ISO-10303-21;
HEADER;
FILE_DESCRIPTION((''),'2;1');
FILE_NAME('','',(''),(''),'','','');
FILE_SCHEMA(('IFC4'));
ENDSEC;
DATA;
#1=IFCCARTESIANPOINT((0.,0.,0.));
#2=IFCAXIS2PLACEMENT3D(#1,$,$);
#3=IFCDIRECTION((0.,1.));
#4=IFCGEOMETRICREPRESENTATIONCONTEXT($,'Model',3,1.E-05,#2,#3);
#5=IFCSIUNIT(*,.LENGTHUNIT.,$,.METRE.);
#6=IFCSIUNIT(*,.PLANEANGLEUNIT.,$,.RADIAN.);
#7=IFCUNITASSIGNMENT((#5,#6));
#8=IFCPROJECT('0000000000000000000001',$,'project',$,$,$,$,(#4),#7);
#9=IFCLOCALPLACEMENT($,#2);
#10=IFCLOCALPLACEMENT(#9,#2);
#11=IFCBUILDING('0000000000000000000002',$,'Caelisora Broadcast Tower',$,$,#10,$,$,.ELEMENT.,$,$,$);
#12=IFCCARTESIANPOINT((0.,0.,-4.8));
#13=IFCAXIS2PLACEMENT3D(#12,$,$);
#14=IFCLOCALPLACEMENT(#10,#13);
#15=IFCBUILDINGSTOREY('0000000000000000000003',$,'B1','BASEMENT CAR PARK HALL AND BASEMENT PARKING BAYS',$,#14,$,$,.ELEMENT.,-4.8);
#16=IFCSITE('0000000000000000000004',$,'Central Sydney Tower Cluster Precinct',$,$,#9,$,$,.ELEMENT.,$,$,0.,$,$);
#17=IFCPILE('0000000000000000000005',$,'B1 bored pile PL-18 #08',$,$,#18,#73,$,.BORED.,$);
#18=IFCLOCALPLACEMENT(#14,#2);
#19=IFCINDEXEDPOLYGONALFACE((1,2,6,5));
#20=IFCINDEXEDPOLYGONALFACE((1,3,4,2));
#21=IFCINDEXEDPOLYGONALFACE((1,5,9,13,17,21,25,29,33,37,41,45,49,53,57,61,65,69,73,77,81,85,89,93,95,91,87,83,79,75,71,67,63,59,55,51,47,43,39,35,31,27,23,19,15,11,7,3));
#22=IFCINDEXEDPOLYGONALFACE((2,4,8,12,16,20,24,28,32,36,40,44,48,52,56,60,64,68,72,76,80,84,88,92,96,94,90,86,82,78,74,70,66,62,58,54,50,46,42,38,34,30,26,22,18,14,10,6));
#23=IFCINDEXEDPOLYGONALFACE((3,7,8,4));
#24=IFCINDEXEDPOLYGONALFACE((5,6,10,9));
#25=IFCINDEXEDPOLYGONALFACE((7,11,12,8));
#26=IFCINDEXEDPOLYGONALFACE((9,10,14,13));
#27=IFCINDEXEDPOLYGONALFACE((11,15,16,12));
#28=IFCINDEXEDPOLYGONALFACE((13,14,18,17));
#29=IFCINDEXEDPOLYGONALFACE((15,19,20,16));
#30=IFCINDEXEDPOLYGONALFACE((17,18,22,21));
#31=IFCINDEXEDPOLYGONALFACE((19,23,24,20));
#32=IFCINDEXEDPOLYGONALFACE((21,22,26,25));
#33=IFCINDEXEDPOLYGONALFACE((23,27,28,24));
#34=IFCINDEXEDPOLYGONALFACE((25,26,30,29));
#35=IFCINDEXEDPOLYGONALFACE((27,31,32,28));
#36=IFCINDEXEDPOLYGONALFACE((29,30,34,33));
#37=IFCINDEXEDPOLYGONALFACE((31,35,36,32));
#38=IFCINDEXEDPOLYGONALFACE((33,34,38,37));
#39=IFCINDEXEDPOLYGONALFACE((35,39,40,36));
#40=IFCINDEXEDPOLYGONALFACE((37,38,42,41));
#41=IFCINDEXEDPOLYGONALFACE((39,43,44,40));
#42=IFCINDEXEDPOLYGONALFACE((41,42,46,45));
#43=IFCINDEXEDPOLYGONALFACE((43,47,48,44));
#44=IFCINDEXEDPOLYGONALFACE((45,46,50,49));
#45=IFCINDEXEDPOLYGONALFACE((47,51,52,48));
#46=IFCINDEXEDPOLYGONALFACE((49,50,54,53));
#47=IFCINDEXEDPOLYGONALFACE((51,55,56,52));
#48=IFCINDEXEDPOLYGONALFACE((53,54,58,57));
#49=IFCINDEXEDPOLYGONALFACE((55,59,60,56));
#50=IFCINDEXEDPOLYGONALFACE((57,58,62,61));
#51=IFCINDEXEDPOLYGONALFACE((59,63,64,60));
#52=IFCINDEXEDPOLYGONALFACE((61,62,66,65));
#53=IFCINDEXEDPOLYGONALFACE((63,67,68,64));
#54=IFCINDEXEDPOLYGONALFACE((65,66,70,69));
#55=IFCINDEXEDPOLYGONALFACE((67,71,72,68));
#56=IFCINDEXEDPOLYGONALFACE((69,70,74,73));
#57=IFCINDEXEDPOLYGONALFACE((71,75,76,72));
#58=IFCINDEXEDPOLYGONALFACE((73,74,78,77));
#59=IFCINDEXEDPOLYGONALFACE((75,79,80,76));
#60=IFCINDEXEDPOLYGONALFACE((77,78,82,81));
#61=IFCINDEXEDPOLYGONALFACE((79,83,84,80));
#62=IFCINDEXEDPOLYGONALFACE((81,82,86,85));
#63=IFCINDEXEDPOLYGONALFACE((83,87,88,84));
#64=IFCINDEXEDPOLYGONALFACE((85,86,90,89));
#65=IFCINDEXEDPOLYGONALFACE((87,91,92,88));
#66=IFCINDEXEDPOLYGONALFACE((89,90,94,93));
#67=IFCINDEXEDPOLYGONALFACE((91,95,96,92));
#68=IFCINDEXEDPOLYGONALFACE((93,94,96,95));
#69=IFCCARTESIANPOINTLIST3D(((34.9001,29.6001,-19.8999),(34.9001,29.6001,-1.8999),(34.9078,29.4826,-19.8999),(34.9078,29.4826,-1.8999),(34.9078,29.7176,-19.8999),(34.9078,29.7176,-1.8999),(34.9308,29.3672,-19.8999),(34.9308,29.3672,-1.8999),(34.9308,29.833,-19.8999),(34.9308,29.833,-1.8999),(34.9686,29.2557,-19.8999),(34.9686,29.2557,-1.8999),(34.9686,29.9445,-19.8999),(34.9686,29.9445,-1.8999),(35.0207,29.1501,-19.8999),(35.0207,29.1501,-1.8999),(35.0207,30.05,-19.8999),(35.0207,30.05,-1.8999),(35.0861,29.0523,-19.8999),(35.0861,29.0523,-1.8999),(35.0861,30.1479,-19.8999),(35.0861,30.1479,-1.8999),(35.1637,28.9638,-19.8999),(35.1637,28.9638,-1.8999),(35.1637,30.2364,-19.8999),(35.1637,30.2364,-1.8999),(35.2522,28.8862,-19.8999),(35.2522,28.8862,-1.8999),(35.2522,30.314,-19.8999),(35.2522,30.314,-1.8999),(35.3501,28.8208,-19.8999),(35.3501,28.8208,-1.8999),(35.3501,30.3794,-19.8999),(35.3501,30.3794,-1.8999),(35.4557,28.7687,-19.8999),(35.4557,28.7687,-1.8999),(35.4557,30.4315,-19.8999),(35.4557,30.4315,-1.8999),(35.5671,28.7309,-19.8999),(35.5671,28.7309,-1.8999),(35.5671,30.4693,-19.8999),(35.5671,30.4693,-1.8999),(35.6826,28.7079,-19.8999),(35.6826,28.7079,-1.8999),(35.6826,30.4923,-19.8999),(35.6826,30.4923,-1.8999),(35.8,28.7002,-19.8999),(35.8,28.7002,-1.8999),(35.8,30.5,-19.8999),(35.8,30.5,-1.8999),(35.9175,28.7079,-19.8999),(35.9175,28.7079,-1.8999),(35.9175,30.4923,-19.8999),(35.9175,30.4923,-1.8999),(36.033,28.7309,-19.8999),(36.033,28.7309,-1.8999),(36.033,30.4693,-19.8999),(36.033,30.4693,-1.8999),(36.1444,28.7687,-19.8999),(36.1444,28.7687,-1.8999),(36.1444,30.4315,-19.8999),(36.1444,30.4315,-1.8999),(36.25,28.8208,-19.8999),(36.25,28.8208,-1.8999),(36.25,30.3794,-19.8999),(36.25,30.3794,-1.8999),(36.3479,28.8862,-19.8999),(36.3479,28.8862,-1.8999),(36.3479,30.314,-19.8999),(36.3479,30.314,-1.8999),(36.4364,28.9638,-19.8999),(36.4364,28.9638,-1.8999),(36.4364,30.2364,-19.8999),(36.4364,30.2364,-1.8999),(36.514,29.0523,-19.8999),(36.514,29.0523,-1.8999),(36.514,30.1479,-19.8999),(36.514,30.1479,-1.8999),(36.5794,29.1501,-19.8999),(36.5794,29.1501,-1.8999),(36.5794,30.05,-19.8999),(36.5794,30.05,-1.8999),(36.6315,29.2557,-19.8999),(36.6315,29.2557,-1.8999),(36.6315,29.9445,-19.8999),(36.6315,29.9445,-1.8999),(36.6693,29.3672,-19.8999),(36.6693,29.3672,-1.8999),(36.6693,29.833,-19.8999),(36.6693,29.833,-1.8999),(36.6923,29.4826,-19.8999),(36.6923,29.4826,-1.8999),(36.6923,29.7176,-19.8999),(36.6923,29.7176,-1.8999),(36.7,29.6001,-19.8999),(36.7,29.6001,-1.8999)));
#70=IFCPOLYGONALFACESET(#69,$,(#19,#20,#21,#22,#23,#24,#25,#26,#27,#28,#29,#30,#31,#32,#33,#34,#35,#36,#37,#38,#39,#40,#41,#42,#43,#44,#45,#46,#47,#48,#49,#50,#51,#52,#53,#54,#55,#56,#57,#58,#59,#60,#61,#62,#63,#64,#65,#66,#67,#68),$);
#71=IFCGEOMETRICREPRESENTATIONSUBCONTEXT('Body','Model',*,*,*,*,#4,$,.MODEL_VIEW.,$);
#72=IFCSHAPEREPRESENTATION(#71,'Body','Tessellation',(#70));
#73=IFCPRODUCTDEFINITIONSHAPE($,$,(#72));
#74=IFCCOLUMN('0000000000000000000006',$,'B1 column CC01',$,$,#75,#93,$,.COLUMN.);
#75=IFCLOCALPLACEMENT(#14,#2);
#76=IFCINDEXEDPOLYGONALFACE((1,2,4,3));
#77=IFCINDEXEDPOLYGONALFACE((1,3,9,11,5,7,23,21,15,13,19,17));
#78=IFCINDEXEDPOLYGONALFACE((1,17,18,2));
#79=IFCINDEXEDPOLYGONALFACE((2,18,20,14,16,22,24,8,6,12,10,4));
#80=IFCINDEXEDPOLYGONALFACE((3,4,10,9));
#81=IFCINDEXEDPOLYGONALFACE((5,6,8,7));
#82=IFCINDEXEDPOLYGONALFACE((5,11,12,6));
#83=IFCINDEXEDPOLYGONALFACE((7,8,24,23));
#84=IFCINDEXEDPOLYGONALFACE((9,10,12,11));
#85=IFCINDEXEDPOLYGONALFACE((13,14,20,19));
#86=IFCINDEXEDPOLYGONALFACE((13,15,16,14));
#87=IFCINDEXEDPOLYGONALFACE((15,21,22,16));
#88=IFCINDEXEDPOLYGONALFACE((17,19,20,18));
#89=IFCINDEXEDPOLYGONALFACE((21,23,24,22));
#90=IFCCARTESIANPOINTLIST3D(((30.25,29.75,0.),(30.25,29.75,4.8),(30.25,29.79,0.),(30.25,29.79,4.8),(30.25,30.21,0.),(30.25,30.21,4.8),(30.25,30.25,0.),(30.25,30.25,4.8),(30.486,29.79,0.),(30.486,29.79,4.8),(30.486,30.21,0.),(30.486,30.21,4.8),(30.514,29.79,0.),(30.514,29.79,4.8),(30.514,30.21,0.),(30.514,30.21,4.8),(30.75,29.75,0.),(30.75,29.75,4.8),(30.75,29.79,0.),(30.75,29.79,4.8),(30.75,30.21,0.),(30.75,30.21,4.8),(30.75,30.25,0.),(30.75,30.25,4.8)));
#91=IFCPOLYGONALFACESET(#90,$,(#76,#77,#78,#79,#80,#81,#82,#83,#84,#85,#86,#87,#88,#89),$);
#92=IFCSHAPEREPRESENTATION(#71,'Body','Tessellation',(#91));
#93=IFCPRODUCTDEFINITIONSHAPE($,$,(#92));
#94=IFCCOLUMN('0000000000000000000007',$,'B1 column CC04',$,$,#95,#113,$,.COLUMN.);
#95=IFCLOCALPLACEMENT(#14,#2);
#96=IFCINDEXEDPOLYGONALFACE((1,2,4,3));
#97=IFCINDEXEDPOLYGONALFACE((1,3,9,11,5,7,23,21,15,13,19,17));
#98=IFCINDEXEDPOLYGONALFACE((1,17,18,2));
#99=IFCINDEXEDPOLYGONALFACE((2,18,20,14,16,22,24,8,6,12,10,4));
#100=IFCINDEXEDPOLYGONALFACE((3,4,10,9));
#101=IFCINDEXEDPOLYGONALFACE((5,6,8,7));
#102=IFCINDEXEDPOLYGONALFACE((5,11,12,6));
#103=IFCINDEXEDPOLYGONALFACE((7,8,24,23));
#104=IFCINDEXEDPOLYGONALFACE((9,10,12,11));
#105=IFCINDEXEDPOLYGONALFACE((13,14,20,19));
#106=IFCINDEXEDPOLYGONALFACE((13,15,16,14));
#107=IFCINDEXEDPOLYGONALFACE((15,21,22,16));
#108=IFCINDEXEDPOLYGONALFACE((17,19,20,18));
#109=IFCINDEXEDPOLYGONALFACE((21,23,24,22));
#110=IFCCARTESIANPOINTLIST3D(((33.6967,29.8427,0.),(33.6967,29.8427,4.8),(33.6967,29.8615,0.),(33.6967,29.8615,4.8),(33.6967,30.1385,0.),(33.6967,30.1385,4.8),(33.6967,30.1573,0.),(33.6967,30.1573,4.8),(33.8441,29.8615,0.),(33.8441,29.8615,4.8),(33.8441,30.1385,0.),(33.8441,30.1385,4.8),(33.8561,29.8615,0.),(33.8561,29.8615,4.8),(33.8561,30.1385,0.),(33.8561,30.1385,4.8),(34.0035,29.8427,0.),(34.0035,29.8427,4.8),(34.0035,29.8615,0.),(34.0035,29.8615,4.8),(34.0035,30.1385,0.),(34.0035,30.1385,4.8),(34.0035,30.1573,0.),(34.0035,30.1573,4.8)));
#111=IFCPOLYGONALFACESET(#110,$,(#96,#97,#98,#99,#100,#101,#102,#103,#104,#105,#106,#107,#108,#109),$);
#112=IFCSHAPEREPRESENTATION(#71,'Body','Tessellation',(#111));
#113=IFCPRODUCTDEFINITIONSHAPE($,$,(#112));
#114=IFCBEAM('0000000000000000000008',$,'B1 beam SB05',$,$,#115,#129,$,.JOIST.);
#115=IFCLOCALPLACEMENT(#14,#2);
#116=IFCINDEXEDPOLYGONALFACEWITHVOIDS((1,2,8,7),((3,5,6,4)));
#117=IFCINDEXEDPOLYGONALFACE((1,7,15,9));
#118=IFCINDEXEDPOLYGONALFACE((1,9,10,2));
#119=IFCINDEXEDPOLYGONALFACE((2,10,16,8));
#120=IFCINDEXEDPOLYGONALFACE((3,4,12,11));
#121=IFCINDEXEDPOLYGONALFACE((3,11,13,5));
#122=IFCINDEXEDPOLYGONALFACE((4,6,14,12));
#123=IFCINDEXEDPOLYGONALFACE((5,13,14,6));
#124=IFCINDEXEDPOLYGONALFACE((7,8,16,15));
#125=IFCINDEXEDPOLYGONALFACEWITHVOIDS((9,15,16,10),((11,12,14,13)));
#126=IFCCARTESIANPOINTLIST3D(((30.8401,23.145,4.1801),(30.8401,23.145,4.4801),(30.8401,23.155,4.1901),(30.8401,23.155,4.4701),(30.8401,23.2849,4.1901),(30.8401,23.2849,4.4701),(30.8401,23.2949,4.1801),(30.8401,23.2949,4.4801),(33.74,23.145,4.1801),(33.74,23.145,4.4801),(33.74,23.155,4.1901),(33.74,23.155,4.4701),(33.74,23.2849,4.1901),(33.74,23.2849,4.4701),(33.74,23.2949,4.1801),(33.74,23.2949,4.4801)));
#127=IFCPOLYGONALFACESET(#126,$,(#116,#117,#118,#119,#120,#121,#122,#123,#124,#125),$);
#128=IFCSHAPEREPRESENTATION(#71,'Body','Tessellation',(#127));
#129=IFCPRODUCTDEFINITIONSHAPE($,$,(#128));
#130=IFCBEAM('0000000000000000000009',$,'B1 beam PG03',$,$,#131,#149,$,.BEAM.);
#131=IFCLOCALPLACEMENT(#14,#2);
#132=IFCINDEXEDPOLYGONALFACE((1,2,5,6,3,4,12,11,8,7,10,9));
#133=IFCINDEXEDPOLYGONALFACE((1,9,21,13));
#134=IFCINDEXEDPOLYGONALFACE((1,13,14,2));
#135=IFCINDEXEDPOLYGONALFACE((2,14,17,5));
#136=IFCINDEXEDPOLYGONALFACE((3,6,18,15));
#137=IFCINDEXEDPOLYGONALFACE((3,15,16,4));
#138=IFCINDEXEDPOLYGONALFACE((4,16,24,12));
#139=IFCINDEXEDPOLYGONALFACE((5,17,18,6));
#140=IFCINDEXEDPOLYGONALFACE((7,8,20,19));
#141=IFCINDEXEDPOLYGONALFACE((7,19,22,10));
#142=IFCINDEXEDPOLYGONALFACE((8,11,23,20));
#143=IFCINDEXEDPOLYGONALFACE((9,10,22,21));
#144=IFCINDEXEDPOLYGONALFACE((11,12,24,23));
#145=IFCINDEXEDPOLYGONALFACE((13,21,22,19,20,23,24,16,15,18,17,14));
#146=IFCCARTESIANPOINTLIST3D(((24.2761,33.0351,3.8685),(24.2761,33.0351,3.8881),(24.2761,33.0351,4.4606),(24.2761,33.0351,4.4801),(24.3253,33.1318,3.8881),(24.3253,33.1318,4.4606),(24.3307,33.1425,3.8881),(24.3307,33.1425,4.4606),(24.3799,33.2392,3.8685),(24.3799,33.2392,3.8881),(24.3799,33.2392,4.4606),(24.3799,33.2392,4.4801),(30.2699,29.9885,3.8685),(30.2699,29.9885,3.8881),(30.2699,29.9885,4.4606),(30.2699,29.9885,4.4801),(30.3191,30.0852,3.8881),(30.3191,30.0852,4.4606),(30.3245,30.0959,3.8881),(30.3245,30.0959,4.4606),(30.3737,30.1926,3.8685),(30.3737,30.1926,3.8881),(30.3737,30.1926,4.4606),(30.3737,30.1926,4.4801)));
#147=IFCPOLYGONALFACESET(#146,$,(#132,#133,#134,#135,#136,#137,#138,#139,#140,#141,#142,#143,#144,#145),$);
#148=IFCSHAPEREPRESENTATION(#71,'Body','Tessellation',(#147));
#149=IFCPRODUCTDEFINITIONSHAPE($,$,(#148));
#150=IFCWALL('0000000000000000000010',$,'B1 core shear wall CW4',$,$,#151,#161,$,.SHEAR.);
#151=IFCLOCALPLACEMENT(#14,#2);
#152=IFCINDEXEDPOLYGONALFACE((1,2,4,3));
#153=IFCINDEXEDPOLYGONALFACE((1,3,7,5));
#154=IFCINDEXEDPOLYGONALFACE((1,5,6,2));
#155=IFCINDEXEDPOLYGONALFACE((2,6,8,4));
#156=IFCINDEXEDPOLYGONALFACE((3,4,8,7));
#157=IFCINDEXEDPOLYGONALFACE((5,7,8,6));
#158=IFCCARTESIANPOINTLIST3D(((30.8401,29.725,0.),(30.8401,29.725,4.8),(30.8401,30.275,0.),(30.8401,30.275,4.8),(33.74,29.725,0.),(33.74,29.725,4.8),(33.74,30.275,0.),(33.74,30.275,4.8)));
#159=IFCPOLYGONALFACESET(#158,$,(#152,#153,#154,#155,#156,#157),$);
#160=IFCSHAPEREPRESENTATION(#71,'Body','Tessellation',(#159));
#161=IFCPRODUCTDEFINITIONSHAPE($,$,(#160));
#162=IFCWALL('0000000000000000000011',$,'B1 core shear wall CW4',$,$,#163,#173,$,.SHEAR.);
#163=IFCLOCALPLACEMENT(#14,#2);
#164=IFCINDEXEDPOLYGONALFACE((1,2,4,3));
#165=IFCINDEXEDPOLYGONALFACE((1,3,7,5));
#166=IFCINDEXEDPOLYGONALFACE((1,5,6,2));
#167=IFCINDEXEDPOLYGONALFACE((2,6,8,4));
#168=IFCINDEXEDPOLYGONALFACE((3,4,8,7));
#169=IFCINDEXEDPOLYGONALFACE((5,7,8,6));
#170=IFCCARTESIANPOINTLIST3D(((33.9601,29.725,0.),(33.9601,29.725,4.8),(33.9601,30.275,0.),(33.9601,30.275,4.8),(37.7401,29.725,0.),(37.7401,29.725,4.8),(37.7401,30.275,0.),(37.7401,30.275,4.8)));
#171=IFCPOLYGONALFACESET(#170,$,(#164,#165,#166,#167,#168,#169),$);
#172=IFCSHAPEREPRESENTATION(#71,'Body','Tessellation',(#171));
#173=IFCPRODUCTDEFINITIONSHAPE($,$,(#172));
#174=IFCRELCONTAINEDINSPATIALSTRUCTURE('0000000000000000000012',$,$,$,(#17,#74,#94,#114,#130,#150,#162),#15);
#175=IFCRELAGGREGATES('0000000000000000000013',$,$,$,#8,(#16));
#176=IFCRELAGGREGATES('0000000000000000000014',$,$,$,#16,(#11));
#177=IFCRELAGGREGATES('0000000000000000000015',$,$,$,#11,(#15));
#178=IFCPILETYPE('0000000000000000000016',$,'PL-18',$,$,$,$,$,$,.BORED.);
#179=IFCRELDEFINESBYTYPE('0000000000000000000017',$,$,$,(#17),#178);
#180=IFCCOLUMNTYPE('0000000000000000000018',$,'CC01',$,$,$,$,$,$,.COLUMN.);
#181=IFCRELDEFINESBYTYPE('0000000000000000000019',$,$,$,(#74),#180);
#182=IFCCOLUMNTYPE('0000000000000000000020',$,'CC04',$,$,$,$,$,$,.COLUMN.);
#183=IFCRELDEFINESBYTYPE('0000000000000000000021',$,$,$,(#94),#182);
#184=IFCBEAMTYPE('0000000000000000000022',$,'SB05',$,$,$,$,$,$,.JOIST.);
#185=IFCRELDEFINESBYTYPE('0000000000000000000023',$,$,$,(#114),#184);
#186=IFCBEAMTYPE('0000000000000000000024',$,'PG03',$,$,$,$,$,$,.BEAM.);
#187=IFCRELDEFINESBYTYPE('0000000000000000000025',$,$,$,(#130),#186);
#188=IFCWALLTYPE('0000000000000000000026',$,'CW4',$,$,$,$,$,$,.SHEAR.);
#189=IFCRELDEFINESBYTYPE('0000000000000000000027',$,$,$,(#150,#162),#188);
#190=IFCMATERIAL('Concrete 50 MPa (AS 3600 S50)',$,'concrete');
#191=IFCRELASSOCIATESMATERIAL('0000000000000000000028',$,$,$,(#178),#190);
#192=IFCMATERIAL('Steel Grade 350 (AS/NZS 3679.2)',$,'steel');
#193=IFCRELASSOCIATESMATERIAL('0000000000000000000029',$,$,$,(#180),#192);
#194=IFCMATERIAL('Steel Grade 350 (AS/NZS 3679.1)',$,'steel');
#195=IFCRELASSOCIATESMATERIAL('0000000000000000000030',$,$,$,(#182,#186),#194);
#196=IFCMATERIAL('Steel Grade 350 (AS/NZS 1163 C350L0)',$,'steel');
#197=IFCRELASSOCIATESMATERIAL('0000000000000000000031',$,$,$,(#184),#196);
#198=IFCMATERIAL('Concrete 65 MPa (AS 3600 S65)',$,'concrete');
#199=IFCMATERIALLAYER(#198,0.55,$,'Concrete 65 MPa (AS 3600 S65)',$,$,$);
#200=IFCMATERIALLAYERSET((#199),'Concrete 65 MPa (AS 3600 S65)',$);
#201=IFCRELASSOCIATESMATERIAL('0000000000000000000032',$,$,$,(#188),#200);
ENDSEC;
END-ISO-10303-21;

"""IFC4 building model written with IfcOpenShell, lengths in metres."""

from ifc_helpers import new_model, si_unit, direction, frame, frame_2d, origin, origin_2d, place, context, subcontext, project, spatial, rectangle, hollow_rectangle, circle, i_section, extrude, source, transform, mapped, material, layer, layer_set, material_profile, profile_set, type_object, type_shapes, element, save


model = new_model("IFC4")

# Units and contexts
model_context = context("Model", 3, precision=1e-05, world=origin(), true_north=direction((0.0, 1.0)))
body_context = subcontext(model_context, "Body", "Model", "MODEL_VIEW")
ifc_project = project(units=[si_unit("LENGTHUNIT", "METRE"), si_unit("PLANEANGLEUNIT", "RADIAN")], contexts=[model_context])

# Site, building, storey
site_placement = place(None, origin())
site = spatial("IfcSite", under=ifc_project, at=site_placement, Name="Central Sydney Tower Cluster Precinct", CompositionType="ELEMENT", RefElevation=0.0)
building_placement = place(site_placement, origin())
building = spatial("IfcBuilding", under=site, at=building_placement, Name="Caelisora Broadcast Tower", CompositionType="ELEMENT")
storey_placement = place(building_placement, frame((0.0, 0.0, -4.8)))
storey = spatial("IfcBuildingStorey", under=building, at=storey_placement, Name="B1", Description="BASEMENT CAR PARK HALL AND BASEMENT PARKING BAYS", CompositionType="ELEMENT", Elevation=-4.8)

# Pile
ifc_material_1 = material(Name="Concrete 50 MPa (AS 3600 S50)", Category="concrete")
ifc_material_profile_1 = material_profile(ifc_material_1, circle(Radius=0.8999, at=origin_2d()), Name="Concrete 50 MPa (AS 3600 S50)")
ifc_profile_set_1 = profile_set([ifc_material_profile_1], Name="Concrete 50 MPa (AS 3600 S50)")
pile_type = type_object("IfcPileType", Name="PL-18", PredefinedType="BORED", material=ifc_profile_set_1)
for number, where, z_axis, x_axis, name in (
    (1, (35.8, 29.6001, -1.8999), (0.0, 0.0, -1.0), (1.0, 0.0, 0.0), "B1 bored pile PL-18 #08"),
):
    element("IfcPile", number, at=place(storey_placement, frame(where, z_axis=z_axis, x_axis=x_axis)), inside=storey, type_object=pile_type, Name=name, PredefinedType="BORED", context=body_context, shape_type="SweptSolid", body=[
        extrude(circle(Radius=0.8999, at=origin_2d()), origin(), (0.0, 0.0, 1.0), 18.0),
    ])

# Columns
ifc_material_2 = material(Name="Steel Grade 350 (AS/NZS 3679.2)", Category="steel")
ifc_material_profile_2 = material_profile(ifc_material_2, i_section(OverallWidth=0.5, OverallDepth=0.5, WebThickness=0.0281, FlangeThickness=0.04, at=origin_2d()), Name="Steel Grade 350 (AS/NZS 3679.2)")
ifc_profile_set_2 = profile_set([ifc_material_profile_2], Name="Steel Grade 350 (AS/NZS 3679.2)")
column_type_1 = type_object("IfcColumnType", Name="CC01", PredefinedType="COLUMN", material=ifc_profile_set_2)
shared_shape_1 = source(origin(), body_context, "Body", "SweptSolid", [
    extrude(i_section(OverallWidth=0.5, OverallDepth=0.5, WebThickness=0.0281, FlangeThickness=0.04, at=origin_2d()), origin(), (0.0, 0.0, 1.0), 4.8),
])
type_shapes(column_type_1, [shared_shape_1])
column_1_placement = place(storey_placement, frame((30.5, 30.0, 0.0), z_axis=(0.0, 0.0, 1.0), x_axis=(1.0, 0.0, 0.0)))
element("IfcColumn", 2, at=column_1_placement, inside=storey, type_object=column_type_1, Name="B1 column CC01", PredefinedType="COLUMN", context=body_context, shape_type="MappedRepresentation", body=[
    mapped(shared_shape_1, transform((0.0, 0.0, 0.0), scale=1.0)),
])
ifc_material_3 = material(Name="Steel Grade 350 (AS/NZS 3679.1)", Category="steel")
ifc_material_profile_3 = material_profile(ifc_material_3, i_section(OverallWidth=0.3069, OverallDepth=0.3147, WebThickness=0.012, FlangeThickness=0.0188, at=origin_2d()), Name="Steel Grade 350 (AS/NZS 3679.1)")
ifc_profile_set_3 = profile_set([ifc_material_profile_3], Name="Steel Grade 350 (AS/NZS 3679.1)")
column_type_2 = type_object("IfcColumnType", Name="CC04", PredefinedType="COLUMN", material=ifc_profile_set_3)
shared_shape_2 = source(origin(), body_context, "Body", "SweptSolid", [
    extrude(i_section(OverallWidth=0.3069, OverallDepth=0.3147, WebThickness=0.012, FlangeThickness=0.0188, at=origin_2d()), origin(), (0.0, 0.0, 1.0), 4.8),
])
type_shapes(column_type_2, [shared_shape_2])
column_2_placement = place(storey_placement, frame((33.8501, 30.0, 0.0), z_axis=(0.0, 0.0, 1.0), x_axis=(1.0, 0.0, 0.0)))
element("IfcColumn", 3, at=column_2_placement, inside=storey, type_object=column_type_2, Name="B1 column CC04", PredefinedType="COLUMN", context=body_context, shape_type="MappedRepresentation", body=[
    mapped(shared_shape_2, transform((0.0, 0.0, 0.0), scale=1.0)),
])

# Beams
ifc_material_4 = material(Name="Steel Grade 350 (AS/NZS 1163 C350L0)", Category="steel")
ifc_material_profile_4 = material_profile(ifc_material_4, hollow_rectangle(XDim=0.1499, YDim=0.3, WallThickness=0.01, at=origin_2d()), Name="Steel Grade 350 (AS/NZS 1163 C350L0)")
ifc_profile_set_4 = profile_set([ifc_material_profile_4], Name="Steel Grade 350 (AS/NZS 1163 C350L0)")
beam_type_1 = type_object("IfcBeamType", Name="SB05", PredefinedType="JOIST", material=ifc_profile_set_4)
shared_shape_3 = source(origin(), body_context, "Body", "SweptSolid", [
    extrude(hollow_rectangle(XDim=0.1499, YDim=0.3, WallThickness=0.01, at=origin_2d()), origin(), (0.0, 0.0, 1.0), 2.8999),
])
type_shapes(beam_type_1, [shared_shape_3])
beam_1_placement = place(storey_placement, frame((30.8401, 23.22, 4.3301), z_axis=(1.0, 0.0, 0.0), x_axis=(0.0, 1.0, 0.0)))
element("IfcBeam", 4, at=beam_1_placement, inside=storey, type_object=beam_type_1, Name="B1 beam SB05", PredefinedType="JOIST", context=body_context, shape_type="MappedRepresentation", body=[
    mapped(shared_shape_3, transform((0.0, 0.0, 0.0), scale=1.0)),
])
ifc_material_profile_5 = material_profile(ifc_material_3, i_section(OverallWidth=0.229, OverallDepth=0.6116, WebThickness=0.012, FlangeThickness=0.0195, at=origin_2d()), Name="Steel Grade 350 (AS/NZS 3679.1)")
ifc_profile_set_5 = profile_set([ifc_material_profile_5], Name="Steel Grade 350 (AS/NZS 3679.1)")
beam_type_2 = type_object("IfcBeamType", Name="PG03", PredefinedType="BEAM", material=ifc_profile_set_5)
shared_shape_4 = source(origin(), body_context, "Body", "SweptSolid", [
    extrude(i_section(OverallWidth=0.229, OverallDepth=0.6116, WebThickness=0.012, FlangeThickness=0.0195, at=origin_2d()), origin(), (0.0, 0.0, 1.0), 6.7236),
])
type_shapes(beam_type_2, [shared_shape_4])
beam_2_placement = place(storey_placement, frame((30.3218, 30.0906, 4.1743), z_axis=(-0.891452, 0.453115, 0.0), x_axis=(-0.453115, -0.891452, 0.0)))
element("IfcBeam", 5, at=beam_2_placement, inside=storey, type_object=beam_type_2, Name="B1 beam PG03", PredefinedType="BEAM", context=body_context, shape_type="MappedRepresentation", body=[
    mapped(shared_shape_4, transform((0.0, 0.0, 0.0), scale=1.0)),
])

# Walls
ifc_material_5 = material(Name="Concrete 65 MPa (AS 3600 S65)", Category="concrete")
ifc_layer_1 = layer(ifc_material_5, 0.55, Name="Concrete 65 MPa (AS 3600 S65)")
ifc_layer_set_1 = layer_set([ifc_layer_1], Name="Concrete 65 MPa (AS 3600 S65)")
wall_type_1 = type_object("IfcWallType", Name="CW4", PredefinedType="SHEAR", material=ifc_layer_set_1)
wall_1_placement = place(storey_placement, frame((30.8401, 30.0, 0.0), z_axis=(0.0, 0.0, 1.0), x_axis=(1.0, 0.0, 0.0)))
element("IfcWall", 6, at=wall_1_placement, inside=storey, type_object=wall_type_1, Name="B1 core shear wall CW4", PredefinedType="SHEAR", context=body_context, shape_type="SweptSolid", body=[
    extrude(rectangle(XDim=2.8999, YDim=0.55, at=frame_2d((1.45, 0.0))), origin(), (0.0, 0.0, 1.0), 4.8),
])
wall_2_placement = place(storey_placement, frame((33.96, 30.0, 0.0), z_axis=(0.0, 0.0, 1.0), x_axis=(1.0, 0.0, 0.0)))
element("IfcWall", 7, at=wall_2_placement, inside=storey, type_object=wall_type_1, Name="B1 core shear wall CW4", PredefinedType="SHEAR", context=body_context, shape_type="SweptSolid", body=[
    extrude(rectangle(XDim=3.78, YDim=0.55, at=frame_2d((1.8901, 0.0))), origin(), (0.0, 0.0, 1.0), 4.8),
])

save(model, "model.ifc")
